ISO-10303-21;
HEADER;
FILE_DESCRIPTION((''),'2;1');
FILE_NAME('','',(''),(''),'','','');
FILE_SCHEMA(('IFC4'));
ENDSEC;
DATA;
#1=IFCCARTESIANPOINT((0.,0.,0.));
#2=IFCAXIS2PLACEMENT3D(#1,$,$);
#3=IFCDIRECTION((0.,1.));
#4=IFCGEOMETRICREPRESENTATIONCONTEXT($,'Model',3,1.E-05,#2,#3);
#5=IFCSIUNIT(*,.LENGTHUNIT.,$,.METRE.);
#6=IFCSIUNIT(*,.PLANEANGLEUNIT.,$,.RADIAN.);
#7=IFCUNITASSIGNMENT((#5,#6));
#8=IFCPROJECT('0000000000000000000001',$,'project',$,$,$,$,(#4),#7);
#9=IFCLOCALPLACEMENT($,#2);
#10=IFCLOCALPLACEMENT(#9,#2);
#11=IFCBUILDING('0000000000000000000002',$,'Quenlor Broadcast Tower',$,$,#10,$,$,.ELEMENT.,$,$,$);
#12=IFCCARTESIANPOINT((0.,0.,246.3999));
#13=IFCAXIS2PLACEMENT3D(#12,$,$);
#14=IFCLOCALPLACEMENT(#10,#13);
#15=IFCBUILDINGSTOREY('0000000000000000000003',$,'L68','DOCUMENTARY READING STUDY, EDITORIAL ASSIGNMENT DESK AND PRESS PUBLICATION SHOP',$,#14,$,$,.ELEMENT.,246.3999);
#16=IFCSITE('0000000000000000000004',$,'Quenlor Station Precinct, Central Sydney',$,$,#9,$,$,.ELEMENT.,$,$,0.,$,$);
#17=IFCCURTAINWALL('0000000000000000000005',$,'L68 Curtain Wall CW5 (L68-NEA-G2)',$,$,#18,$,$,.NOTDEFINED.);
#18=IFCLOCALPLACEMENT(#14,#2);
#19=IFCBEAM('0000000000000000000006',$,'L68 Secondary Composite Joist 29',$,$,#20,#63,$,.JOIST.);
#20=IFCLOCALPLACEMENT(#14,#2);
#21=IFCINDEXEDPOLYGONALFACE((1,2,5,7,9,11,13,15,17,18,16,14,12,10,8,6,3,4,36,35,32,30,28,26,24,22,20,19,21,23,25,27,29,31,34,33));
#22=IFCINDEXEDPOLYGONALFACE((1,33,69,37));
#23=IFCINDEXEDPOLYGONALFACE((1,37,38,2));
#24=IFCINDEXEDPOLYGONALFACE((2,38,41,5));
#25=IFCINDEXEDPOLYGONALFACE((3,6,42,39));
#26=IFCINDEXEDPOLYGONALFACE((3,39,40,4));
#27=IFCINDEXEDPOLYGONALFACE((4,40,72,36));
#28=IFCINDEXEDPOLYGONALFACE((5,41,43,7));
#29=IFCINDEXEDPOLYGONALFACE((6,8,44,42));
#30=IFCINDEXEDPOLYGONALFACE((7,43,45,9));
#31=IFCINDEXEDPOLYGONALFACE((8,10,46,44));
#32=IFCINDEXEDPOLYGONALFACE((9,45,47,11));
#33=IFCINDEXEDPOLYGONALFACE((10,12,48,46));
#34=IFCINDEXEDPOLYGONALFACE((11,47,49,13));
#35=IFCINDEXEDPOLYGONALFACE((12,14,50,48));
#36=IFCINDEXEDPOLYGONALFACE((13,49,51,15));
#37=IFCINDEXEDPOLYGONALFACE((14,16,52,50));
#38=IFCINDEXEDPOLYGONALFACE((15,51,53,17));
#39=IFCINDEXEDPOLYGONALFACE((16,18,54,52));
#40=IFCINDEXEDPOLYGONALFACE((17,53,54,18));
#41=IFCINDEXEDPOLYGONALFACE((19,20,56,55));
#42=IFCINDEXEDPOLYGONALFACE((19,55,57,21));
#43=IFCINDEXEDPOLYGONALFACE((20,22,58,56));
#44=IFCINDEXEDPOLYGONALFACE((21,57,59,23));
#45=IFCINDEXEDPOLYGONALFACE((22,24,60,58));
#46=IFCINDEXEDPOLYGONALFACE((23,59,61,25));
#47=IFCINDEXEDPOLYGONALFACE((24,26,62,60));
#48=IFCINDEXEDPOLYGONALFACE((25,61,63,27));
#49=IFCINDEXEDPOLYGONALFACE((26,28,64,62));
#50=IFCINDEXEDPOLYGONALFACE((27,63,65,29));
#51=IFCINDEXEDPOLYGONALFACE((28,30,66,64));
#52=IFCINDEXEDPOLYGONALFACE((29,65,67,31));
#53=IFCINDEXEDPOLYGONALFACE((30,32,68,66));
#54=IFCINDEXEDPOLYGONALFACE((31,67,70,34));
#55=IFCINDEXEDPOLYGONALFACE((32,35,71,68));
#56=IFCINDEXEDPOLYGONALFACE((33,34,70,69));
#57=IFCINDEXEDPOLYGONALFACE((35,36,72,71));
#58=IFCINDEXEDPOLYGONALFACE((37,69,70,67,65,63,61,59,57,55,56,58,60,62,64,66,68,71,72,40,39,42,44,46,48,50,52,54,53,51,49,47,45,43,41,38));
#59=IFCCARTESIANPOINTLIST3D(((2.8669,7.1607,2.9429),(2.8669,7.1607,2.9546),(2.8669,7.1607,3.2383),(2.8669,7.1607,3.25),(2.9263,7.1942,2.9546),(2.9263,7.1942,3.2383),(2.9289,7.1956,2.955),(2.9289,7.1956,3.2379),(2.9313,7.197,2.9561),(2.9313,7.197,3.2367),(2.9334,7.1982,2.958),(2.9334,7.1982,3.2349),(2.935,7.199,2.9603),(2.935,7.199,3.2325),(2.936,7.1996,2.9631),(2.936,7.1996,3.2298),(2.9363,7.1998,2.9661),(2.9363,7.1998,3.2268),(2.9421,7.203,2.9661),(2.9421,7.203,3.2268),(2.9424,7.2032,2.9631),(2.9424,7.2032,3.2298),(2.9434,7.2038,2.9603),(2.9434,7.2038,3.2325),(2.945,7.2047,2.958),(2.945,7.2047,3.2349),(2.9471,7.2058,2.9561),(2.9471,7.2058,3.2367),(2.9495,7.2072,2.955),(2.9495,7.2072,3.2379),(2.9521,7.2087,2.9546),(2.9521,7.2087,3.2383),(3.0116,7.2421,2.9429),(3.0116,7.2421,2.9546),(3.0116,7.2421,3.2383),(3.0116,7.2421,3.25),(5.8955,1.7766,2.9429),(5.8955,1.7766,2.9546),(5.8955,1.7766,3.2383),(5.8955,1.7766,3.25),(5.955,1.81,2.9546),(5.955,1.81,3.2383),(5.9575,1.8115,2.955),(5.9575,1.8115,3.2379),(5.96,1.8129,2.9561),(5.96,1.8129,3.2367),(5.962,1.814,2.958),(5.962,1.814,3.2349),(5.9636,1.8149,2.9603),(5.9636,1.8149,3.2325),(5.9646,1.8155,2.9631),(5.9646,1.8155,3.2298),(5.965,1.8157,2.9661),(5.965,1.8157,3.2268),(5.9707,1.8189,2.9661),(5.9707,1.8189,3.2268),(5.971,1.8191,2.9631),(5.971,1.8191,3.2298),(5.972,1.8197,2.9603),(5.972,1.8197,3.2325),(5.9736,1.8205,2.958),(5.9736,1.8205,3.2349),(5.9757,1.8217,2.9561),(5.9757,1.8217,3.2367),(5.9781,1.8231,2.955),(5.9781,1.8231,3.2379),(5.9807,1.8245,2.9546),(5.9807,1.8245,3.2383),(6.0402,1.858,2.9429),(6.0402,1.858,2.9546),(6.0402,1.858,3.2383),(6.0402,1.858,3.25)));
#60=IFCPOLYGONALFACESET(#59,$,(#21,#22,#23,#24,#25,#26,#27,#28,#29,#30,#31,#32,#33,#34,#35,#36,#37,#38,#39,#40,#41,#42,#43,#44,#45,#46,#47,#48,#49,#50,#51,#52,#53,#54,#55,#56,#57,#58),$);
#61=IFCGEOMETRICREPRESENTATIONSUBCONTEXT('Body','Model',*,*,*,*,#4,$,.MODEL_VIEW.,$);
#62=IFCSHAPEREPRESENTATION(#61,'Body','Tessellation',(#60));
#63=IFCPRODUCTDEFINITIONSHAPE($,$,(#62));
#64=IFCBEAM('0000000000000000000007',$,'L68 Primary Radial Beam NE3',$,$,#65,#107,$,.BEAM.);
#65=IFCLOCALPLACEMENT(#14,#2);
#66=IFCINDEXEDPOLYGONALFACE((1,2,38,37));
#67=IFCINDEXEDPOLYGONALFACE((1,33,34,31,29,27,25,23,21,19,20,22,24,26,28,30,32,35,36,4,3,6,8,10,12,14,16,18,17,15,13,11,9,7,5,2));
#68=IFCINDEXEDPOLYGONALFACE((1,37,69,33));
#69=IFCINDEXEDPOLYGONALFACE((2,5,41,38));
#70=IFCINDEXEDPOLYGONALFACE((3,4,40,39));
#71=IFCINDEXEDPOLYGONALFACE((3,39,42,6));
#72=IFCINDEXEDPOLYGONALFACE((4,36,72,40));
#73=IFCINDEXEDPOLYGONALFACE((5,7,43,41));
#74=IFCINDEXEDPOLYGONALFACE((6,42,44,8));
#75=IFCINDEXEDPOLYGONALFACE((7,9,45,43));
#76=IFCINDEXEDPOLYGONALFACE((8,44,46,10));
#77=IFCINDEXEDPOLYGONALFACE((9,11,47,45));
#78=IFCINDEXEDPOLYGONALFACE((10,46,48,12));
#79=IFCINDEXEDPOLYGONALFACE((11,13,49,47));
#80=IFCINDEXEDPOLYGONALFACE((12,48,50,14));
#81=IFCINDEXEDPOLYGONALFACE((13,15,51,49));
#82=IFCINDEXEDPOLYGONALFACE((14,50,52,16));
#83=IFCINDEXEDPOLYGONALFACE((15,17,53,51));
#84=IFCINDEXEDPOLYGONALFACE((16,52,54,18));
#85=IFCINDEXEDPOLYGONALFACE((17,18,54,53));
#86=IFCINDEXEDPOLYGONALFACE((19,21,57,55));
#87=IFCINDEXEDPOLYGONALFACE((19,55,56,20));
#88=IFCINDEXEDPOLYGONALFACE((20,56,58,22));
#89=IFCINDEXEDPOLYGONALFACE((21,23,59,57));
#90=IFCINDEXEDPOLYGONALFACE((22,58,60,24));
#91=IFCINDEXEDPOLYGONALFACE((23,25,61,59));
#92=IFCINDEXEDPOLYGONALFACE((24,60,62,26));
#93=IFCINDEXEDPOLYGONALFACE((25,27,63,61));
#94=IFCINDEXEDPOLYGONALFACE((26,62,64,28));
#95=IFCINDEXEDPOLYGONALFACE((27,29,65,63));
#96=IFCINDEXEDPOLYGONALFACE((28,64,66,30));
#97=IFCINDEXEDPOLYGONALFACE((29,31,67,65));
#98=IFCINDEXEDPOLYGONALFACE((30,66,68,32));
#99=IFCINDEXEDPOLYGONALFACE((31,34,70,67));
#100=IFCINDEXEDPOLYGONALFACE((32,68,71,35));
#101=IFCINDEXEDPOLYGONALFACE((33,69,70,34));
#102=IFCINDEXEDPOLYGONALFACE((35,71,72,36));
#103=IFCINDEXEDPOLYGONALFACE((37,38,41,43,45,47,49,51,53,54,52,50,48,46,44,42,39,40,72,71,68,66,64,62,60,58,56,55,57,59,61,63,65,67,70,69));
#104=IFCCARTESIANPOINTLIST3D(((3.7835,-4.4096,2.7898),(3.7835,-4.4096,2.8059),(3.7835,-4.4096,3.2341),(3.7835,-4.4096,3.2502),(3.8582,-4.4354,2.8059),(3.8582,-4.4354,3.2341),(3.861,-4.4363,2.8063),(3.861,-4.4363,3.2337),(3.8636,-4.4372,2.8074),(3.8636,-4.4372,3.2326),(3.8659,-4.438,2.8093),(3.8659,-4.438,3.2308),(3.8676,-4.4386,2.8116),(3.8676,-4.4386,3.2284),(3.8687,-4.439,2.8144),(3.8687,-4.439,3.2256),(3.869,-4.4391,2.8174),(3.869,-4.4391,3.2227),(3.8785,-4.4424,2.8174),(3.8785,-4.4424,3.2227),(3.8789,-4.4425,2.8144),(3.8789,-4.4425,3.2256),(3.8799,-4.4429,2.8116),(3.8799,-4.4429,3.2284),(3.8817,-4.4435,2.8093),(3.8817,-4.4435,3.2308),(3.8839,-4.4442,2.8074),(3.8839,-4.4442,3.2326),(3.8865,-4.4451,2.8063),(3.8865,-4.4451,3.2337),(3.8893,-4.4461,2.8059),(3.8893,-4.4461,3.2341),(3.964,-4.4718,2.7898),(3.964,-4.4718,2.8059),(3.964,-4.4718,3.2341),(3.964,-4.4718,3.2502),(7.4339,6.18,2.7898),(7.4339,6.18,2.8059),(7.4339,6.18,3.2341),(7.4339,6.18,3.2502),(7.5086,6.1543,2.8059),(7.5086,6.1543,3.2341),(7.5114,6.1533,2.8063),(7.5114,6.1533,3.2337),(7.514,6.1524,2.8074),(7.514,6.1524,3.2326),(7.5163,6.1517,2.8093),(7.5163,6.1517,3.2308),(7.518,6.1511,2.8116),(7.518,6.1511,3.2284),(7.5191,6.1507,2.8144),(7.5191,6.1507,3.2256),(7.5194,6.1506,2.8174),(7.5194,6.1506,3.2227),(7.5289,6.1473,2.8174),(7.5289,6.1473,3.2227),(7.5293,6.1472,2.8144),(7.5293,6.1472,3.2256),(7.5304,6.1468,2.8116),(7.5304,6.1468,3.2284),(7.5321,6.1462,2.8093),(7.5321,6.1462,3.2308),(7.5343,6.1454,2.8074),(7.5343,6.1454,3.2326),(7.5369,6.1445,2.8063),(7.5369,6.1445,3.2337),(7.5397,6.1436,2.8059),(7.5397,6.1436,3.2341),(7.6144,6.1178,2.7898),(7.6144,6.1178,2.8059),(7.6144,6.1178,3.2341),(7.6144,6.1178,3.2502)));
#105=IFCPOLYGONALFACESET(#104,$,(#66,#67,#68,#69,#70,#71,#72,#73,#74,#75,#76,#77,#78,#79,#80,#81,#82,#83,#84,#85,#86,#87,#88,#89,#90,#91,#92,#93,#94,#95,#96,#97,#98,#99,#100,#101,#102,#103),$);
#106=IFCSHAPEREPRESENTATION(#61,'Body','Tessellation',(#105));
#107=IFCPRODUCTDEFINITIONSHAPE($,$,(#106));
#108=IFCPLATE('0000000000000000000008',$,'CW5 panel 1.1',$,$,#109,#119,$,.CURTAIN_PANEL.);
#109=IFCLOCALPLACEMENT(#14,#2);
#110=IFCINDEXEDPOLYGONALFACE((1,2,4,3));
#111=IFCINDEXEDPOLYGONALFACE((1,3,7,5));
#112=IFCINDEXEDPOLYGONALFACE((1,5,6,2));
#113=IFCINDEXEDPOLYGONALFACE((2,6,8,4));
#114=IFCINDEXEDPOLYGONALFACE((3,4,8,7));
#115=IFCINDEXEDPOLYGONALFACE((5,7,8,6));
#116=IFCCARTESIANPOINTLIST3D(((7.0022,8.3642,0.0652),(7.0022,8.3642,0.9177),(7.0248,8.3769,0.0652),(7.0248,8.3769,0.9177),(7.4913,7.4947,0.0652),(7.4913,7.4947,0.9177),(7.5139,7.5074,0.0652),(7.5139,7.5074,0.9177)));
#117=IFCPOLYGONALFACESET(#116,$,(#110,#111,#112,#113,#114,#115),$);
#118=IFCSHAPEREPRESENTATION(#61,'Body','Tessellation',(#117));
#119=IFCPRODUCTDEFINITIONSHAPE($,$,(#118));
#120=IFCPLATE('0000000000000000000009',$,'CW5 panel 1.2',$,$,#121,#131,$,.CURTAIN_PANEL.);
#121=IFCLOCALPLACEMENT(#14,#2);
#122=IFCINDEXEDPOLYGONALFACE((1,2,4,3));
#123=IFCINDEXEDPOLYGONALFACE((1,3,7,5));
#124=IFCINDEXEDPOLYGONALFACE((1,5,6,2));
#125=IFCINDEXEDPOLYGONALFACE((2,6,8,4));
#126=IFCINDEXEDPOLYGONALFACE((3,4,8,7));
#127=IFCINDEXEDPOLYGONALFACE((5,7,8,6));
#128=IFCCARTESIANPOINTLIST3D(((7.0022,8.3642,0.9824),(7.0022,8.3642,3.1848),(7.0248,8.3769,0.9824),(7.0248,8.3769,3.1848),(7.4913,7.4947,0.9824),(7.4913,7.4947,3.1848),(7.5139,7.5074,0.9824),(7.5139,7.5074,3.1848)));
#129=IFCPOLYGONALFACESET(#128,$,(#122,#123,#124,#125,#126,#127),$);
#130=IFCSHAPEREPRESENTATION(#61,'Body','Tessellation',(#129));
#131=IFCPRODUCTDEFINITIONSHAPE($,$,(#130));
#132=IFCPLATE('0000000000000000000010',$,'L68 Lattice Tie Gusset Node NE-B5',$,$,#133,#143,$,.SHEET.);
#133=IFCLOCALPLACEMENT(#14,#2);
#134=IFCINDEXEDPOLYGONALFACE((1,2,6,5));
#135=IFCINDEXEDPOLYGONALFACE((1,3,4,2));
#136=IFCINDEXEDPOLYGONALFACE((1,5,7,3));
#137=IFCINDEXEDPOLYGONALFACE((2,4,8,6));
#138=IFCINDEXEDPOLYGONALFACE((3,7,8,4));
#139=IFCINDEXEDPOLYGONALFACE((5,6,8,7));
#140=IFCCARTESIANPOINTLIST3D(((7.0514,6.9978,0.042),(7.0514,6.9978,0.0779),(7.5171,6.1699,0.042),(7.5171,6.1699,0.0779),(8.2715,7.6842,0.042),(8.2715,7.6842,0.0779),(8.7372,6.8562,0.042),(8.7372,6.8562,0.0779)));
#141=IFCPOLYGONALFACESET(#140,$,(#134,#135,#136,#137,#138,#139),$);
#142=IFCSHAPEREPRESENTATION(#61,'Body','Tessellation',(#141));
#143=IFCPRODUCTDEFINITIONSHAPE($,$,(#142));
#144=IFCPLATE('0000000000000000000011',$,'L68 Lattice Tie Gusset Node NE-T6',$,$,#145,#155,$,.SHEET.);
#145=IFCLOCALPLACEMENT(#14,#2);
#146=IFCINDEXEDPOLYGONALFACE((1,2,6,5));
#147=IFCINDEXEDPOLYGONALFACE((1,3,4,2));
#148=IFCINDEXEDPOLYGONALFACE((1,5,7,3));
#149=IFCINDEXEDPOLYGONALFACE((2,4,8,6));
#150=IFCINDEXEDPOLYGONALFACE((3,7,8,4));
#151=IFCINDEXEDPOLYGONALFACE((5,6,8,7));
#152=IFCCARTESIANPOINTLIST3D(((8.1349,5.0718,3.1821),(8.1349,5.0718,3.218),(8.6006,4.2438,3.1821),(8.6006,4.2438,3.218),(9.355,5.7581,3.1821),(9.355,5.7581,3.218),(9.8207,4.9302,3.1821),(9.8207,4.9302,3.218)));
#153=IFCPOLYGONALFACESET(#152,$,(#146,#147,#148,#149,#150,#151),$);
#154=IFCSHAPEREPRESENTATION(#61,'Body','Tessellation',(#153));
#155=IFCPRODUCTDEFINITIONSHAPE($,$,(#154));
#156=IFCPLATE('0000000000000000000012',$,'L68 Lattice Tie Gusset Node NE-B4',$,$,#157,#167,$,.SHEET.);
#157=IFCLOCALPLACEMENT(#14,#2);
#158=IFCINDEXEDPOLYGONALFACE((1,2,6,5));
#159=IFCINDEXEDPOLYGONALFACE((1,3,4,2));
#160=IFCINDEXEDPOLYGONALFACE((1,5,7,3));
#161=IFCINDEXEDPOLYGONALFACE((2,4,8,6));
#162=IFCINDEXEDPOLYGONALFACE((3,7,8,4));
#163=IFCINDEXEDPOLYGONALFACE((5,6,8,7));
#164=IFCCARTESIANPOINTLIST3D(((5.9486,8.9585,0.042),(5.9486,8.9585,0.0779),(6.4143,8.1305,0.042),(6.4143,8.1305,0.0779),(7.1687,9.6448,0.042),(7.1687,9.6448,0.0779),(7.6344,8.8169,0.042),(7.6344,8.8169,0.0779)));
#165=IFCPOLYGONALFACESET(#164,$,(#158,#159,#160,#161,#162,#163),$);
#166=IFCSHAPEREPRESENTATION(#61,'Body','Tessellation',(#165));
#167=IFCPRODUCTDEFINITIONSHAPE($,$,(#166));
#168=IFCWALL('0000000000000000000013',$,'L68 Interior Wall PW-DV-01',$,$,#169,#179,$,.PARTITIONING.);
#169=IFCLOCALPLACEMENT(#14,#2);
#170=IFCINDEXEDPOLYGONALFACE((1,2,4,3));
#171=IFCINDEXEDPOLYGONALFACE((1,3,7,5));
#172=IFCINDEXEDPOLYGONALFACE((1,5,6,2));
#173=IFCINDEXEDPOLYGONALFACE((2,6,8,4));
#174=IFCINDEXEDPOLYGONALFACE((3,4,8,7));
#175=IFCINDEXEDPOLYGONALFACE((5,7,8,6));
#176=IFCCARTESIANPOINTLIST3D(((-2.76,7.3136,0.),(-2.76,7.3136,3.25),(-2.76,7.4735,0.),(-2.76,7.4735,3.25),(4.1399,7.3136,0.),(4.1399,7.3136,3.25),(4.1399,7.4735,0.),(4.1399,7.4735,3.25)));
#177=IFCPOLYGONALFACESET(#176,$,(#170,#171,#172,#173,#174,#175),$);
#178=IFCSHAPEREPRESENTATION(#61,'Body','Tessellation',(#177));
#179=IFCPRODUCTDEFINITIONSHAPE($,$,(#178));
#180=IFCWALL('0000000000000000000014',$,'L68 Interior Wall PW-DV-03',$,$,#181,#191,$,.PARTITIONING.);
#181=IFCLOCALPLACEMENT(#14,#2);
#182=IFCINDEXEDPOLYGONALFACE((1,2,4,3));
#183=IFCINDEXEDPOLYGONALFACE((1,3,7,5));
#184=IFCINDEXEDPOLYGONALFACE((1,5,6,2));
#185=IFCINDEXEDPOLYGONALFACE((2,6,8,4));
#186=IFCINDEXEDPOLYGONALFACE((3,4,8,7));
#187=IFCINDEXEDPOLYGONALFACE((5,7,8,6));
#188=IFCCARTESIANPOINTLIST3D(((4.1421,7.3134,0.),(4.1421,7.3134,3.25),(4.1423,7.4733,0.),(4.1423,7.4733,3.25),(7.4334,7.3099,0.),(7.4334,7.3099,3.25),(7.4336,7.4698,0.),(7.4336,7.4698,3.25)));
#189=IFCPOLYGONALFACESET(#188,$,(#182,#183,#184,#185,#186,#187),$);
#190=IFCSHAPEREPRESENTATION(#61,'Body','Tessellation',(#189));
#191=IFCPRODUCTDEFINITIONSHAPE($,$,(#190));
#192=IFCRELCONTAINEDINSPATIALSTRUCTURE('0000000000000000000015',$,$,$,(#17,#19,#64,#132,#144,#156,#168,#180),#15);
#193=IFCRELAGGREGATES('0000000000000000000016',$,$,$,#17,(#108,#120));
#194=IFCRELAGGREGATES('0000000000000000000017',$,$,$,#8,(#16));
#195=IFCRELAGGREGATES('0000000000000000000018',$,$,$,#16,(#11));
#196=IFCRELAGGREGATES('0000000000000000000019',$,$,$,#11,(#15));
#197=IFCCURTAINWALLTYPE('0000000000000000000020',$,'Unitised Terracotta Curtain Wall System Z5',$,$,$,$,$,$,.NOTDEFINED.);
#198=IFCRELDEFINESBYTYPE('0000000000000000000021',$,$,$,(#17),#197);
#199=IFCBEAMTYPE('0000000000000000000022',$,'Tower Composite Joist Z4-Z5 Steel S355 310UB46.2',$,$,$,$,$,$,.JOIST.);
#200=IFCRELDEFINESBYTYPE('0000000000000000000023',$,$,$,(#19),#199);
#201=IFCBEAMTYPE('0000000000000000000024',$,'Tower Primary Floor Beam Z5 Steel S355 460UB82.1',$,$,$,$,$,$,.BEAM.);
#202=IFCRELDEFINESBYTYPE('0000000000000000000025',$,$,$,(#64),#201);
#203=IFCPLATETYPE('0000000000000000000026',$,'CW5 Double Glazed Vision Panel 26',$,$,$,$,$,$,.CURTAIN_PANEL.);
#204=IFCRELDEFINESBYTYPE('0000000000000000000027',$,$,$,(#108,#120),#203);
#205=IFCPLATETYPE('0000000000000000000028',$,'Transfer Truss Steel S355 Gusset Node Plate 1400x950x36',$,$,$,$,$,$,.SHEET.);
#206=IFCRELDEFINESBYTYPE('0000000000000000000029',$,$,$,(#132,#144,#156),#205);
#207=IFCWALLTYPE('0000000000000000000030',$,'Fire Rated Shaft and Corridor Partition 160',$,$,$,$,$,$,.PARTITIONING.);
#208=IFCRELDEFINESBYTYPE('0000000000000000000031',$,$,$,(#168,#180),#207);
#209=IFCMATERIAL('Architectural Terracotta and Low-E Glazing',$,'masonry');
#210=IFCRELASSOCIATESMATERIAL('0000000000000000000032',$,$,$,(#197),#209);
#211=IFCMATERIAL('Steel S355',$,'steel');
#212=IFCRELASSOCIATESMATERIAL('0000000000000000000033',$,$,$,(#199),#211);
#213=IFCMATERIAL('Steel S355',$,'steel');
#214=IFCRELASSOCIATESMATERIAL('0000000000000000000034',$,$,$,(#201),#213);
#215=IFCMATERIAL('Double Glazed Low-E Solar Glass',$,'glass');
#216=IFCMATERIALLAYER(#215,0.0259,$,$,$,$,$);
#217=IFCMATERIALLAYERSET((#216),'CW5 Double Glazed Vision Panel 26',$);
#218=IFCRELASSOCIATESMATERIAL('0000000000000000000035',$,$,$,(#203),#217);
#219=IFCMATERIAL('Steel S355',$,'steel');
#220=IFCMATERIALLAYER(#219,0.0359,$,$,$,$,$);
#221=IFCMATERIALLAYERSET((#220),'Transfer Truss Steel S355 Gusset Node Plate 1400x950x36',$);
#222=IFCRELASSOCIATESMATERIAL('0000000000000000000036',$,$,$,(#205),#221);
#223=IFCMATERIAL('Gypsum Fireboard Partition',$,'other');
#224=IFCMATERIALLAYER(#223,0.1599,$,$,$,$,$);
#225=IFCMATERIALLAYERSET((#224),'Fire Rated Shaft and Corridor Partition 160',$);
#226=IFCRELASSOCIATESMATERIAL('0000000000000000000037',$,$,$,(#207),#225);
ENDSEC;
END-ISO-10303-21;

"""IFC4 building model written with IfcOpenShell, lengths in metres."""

from ifc_helpers import new_model, si_unit, direction, frame, frame_2d, origin, origin_2d, place, context, subcontext, project, spatial, rectangle, i_section, extrude, material, layer, layer_set, material_profile, profile_set, type_object, element, aggregate, save


model = new_model("IFC4")

# Units and contexts
model_context = context("Model", 3, precision=1e-05, world=origin(), true_north=direction((0.0, 1.0)))
body_context = subcontext(model_context, "Body", "Model", "MODEL_VIEW")
ifc_project = project(units=[si_unit("LENGTHUNIT", "METRE"), si_unit("PLANEANGLEUNIT", "RADIAN")], contexts=[model_context])

# Site, building, storey
site_placement = place(None, origin())
site = spatial("IfcSite", under=ifc_project, at=site_placement, Name="Quenlor Station Precinct, Central Sydney", CompositionType="ELEMENT", RefElevation=0.0)
building_placement = place(site_placement, origin())
building = spatial("IfcBuilding", under=site, at=building_placement, Name="Quenlor Broadcast Tower", CompositionType="ELEMENT")
storey_placement = place(building_placement, frame((0.0, 0.0, 246.3999)))
storey = spatial("IfcBuildingStorey", under=building, at=storey_placement, Name="L68", Description="DOCUMENTARY READING STUDY, EDITORIAL ASSIGNMENT DESK AND PRESS PUBLICATION SHOP", CompositionType="ELEMENT", Elevation=246.3999)

# Curtain wall
ifc_material_1 = material(Name="Architectural Terracotta and Low-E Glazing", Category="masonry")
curtain_wall_type = type_object("IfcCurtainWallType", Name="Unitised Terracotta Curtain Wall System Z5", PredefinedType="NOTDEFINED", material=ifc_material_1)
curtain_wall_placement = place(storey_placement, origin())
curtain_wall = element("IfcCurtainWall", 1, at=curtain_wall_placement, inside=storey, type_object=curtain_wall_type, Name="L68 Curtain Wall CW5 (L68-NEA-G2)", PredefinedType="NOTDEFINED")

# Beams
ifc_material_2 = material(Name="Steel S355", Category="steel")
ifc_material_profile_1 = material_profile(ifc_material_2, i_section(OverallWidth=0.166, OverallDepth=0.3071, WebThickness=0.0066, FlangeThickness=0.0117, FilletRadius=0.0115, at=origin_2d()))
ifc_profile_set_1 = profile_set([ifc_material_profile_1], Name="Steel S355 310UB46.2")
beam_type_1 = type_object("IfcBeamType", Name="Tower Composite Joist Z4-Z5 Steel S355 310UB46.2", PredefinedType="JOIST", material=ifc_profile_set_1)
beam_1_placement = place(storey_placement, frame((2.9392, 7.2014, 3.0964), z_axis=(0.490267, -0.871572, 0.0), x_axis=(0.871572, 0.490267, 0.0)))
element("IfcBeam", 2, at=beam_1_placement, inside=storey, type_object=beam_type_1, Name="L68 Secondary Composite Joist 29", PredefinedType="JOIST", context=body_context, shape_type="SweptSolid", body=[
    extrude(i_section(OverallWidth=0.166, OverallDepth=0.3071, WebThickness=0.0066, FlangeThickness=0.0117, FilletRadius=0.0115, at=origin_2d()), origin(), (0.0, 0.0, 1.0), 6.1775),
])
ifc_material_3 = material(Name="Steel S355", Category="steel")
ifc_material_profile_2 = material_profile(ifc_material_3, i_section(OverallWidth=0.1909, OverallDepth=0.4604, WebThickness=0.01, FlangeThickness=0.0161, FilletRadius=0.0115, at=origin_2d()))
ifc_profile_set_2 = profile_set([ifc_material_profile_2], Name="Steel S355 460UB82.1")
beam_type_2 = type_object("IfcBeamType", Name="Tower Primary Floor Beam Z5 Steel S355 460UB82.1", PredefinedType="BEAM", material=ifc_profile_set_2)
beam_2_placement = place(storey_placement, frame((7.5242, 6.1489, 3.02), z_axis=(-0.325895, -0.945406, 0.0), x_axis=(0.945406, -0.325895, 0.0)))
element("IfcBeam", 3, at=beam_2_placement, inside=storey, type_object=beam_type_2, Name="L68 Primary Radial Beam NE3", PredefinedType="BEAM", context=body_context, shape_type="SweptSolid", body=[
    extrude(i_section(OverallWidth=0.1909, OverallDepth=0.4604, WebThickness=0.01, FlangeThickness=0.0161, FilletRadius=0.0115, at=origin_2d()), origin(), (0.0, 0.0, 1.0), 11.2012),
])

# Plates
ifc_material_4 = material(Name="Double Glazed Low-E Solar Glass", Category="glass")
ifc_layer_1 = layer(ifc_material_4, 0.0259)
ifc_layer_set_1 = layer_set([ifc_layer_1], Name="CW5 Double Glazed Vision Panel 26")
plate_type_1 = type_object("IfcPlateType", Name="CW5 Double Glazed Vision Panel 26", PredefinedType="CURTAIN_PANEL", material=ifc_layer_set_1)
plate_1_placement = place(storey_placement, frame((7.2581, 7.9358, 0.0652), z_axis=(0.0, 0.0, 1.0), x_axis=(0.490282, -0.871564, 0.0)))
plate_1 = element("IfcPlate", 4, at=plate_1_placement, type_object=plate_type_1, Name="CW5 panel 1.1", PredefinedType="CURTAIN_PANEL", context=body_context, shape_type="SweptSolid", body=[
    extrude(rectangle(XDim=0.9976, YDim=0.0259, at=origin_2d()), origin(), (0.0, 0.0, 1.0), 0.8525),
])
plate_2_placement = place(storey_placement, frame((7.2581, 7.9358, 0.9824), z_axis=(0.0, 0.0, 1.0), x_axis=(0.490282, -0.871564, 0.0)))
plate_2 = element("IfcPlate", 5, at=plate_2_placement, type_object=plate_type_1, Name="CW5 panel 1.2", PredefinedType="CURTAIN_PANEL", context=body_context, shape_type="SweptSolid", body=[
    extrude(rectangle(XDim=0.9976, YDim=0.0259, at=origin_2d()), origin(), (0.0, 0.0, 1.0), 2.2024),
])
aggregate(curtain_wall, [plate_1, plate_2])

# Plates
ifc_material_5 = material(Name="Steel S355", Category="steel")
ifc_layer_2 = layer(ifc_material_5, 0.0359)
ifc_layer_set_2 = layer_set([ifc_layer_2], Name="Transfer Truss Steel S355 Gusset Node Plate 1400x950x36")
plate_type_2 = type_object("IfcPlateType", Name="Transfer Truss Steel S355 Gusset Node Plate 1400x950x36", PredefinedType="SHEET", material=ifc_layer_set_2)
for number, where, z_axis, x_axis, name in (
    (6, (7.8943, 6.927, 0.042), (0.0, 0.0, 1.0), (0.871556, 0.490295, 0.0), "L68 Lattice Tie Gusset Node NE-B5"),
    (7, (8.9778, 5.001, 3.1821), (0.0, 0.0, 1.0), (0.871556, 0.490295, 0.0), "L68 Lattice Tie Gusset Node NE-T6"),
    (8, (6.7915, 8.8877, 0.042), (0.0, 0.0, 1.0), (0.871556, 0.490295, 0.0), "L68 Lattice Tie Gusset Node NE-B4"),
):
    element("IfcPlate", number, at=place(storey_placement, frame(where, z_axis=z_axis, x_axis=x_axis)), inside=storey, type_object=plate_type_2, Name=name, PredefinedType="SHEET", context=body_context, shape_type="SweptSolid", body=[
        extrude(rectangle(XDim=1.3999, YDim=0.95, at=origin_2d()), origin(), (0.0, 0.0, 1.0), 0.0359),
    ])

# Walls
ifc_material_6 = material(Name="Gypsum Fireboard Partition", Category="other")
ifc_layer_3 = layer(ifc_material_6, 0.1599)
ifc_layer_set_3 = layer_set([ifc_layer_3], Name="Fire Rated Shaft and Corridor Partition 160")
wall_type_1 = type_object("IfcWallType", Name="Fire Rated Shaft and Corridor Partition 160", PredefinedType="PARTITIONING", material=ifc_layer_set_3)
wall_1_placement = place(storey_placement, frame((4.1399, 7.3936, 0.0), z_axis=(0.0, 0.0, 1.0), x_axis=(-1.0, 0.0, 0.0)))
element("IfcWall", 9, at=wall_1_placement, inside=storey, type_object=wall_type_1, Name="L68 Interior Wall PW-DV-01", PredefinedType="PARTITIONING", context=body_context, shape_type="SweptSolid", body=[
    extrude(rectangle(XDim=6.8999, YDim=0.1599, at=frame_2d((3.45, 0.0))), origin(), (0.0, 0.0, 1.0), 3.25),
])
wall_2_placement = place(storey_placement, frame((7.4333, 7.3899, 0.0), z_axis=(0.0, 0.0, 1.0), x_axis=(-0.999999, 0.001038, 0.0)))
element("IfcWall", 10, at=wall_2_placement, inside=storey, type_object=wall_type_1, Name="L68 Interior Wall PW-DV-03", PredefinedType="PARTITIONING", context=body_context, shape_type="SweptSolid", body=[
    extrude(rectangle(XDim=3.2913, YDim=0.1599, at=frame_2d((1.6455, 0.0))), origin(), (0.0, 0.0, 1.0), 3.25),
])

save(model, "model.ifc")
